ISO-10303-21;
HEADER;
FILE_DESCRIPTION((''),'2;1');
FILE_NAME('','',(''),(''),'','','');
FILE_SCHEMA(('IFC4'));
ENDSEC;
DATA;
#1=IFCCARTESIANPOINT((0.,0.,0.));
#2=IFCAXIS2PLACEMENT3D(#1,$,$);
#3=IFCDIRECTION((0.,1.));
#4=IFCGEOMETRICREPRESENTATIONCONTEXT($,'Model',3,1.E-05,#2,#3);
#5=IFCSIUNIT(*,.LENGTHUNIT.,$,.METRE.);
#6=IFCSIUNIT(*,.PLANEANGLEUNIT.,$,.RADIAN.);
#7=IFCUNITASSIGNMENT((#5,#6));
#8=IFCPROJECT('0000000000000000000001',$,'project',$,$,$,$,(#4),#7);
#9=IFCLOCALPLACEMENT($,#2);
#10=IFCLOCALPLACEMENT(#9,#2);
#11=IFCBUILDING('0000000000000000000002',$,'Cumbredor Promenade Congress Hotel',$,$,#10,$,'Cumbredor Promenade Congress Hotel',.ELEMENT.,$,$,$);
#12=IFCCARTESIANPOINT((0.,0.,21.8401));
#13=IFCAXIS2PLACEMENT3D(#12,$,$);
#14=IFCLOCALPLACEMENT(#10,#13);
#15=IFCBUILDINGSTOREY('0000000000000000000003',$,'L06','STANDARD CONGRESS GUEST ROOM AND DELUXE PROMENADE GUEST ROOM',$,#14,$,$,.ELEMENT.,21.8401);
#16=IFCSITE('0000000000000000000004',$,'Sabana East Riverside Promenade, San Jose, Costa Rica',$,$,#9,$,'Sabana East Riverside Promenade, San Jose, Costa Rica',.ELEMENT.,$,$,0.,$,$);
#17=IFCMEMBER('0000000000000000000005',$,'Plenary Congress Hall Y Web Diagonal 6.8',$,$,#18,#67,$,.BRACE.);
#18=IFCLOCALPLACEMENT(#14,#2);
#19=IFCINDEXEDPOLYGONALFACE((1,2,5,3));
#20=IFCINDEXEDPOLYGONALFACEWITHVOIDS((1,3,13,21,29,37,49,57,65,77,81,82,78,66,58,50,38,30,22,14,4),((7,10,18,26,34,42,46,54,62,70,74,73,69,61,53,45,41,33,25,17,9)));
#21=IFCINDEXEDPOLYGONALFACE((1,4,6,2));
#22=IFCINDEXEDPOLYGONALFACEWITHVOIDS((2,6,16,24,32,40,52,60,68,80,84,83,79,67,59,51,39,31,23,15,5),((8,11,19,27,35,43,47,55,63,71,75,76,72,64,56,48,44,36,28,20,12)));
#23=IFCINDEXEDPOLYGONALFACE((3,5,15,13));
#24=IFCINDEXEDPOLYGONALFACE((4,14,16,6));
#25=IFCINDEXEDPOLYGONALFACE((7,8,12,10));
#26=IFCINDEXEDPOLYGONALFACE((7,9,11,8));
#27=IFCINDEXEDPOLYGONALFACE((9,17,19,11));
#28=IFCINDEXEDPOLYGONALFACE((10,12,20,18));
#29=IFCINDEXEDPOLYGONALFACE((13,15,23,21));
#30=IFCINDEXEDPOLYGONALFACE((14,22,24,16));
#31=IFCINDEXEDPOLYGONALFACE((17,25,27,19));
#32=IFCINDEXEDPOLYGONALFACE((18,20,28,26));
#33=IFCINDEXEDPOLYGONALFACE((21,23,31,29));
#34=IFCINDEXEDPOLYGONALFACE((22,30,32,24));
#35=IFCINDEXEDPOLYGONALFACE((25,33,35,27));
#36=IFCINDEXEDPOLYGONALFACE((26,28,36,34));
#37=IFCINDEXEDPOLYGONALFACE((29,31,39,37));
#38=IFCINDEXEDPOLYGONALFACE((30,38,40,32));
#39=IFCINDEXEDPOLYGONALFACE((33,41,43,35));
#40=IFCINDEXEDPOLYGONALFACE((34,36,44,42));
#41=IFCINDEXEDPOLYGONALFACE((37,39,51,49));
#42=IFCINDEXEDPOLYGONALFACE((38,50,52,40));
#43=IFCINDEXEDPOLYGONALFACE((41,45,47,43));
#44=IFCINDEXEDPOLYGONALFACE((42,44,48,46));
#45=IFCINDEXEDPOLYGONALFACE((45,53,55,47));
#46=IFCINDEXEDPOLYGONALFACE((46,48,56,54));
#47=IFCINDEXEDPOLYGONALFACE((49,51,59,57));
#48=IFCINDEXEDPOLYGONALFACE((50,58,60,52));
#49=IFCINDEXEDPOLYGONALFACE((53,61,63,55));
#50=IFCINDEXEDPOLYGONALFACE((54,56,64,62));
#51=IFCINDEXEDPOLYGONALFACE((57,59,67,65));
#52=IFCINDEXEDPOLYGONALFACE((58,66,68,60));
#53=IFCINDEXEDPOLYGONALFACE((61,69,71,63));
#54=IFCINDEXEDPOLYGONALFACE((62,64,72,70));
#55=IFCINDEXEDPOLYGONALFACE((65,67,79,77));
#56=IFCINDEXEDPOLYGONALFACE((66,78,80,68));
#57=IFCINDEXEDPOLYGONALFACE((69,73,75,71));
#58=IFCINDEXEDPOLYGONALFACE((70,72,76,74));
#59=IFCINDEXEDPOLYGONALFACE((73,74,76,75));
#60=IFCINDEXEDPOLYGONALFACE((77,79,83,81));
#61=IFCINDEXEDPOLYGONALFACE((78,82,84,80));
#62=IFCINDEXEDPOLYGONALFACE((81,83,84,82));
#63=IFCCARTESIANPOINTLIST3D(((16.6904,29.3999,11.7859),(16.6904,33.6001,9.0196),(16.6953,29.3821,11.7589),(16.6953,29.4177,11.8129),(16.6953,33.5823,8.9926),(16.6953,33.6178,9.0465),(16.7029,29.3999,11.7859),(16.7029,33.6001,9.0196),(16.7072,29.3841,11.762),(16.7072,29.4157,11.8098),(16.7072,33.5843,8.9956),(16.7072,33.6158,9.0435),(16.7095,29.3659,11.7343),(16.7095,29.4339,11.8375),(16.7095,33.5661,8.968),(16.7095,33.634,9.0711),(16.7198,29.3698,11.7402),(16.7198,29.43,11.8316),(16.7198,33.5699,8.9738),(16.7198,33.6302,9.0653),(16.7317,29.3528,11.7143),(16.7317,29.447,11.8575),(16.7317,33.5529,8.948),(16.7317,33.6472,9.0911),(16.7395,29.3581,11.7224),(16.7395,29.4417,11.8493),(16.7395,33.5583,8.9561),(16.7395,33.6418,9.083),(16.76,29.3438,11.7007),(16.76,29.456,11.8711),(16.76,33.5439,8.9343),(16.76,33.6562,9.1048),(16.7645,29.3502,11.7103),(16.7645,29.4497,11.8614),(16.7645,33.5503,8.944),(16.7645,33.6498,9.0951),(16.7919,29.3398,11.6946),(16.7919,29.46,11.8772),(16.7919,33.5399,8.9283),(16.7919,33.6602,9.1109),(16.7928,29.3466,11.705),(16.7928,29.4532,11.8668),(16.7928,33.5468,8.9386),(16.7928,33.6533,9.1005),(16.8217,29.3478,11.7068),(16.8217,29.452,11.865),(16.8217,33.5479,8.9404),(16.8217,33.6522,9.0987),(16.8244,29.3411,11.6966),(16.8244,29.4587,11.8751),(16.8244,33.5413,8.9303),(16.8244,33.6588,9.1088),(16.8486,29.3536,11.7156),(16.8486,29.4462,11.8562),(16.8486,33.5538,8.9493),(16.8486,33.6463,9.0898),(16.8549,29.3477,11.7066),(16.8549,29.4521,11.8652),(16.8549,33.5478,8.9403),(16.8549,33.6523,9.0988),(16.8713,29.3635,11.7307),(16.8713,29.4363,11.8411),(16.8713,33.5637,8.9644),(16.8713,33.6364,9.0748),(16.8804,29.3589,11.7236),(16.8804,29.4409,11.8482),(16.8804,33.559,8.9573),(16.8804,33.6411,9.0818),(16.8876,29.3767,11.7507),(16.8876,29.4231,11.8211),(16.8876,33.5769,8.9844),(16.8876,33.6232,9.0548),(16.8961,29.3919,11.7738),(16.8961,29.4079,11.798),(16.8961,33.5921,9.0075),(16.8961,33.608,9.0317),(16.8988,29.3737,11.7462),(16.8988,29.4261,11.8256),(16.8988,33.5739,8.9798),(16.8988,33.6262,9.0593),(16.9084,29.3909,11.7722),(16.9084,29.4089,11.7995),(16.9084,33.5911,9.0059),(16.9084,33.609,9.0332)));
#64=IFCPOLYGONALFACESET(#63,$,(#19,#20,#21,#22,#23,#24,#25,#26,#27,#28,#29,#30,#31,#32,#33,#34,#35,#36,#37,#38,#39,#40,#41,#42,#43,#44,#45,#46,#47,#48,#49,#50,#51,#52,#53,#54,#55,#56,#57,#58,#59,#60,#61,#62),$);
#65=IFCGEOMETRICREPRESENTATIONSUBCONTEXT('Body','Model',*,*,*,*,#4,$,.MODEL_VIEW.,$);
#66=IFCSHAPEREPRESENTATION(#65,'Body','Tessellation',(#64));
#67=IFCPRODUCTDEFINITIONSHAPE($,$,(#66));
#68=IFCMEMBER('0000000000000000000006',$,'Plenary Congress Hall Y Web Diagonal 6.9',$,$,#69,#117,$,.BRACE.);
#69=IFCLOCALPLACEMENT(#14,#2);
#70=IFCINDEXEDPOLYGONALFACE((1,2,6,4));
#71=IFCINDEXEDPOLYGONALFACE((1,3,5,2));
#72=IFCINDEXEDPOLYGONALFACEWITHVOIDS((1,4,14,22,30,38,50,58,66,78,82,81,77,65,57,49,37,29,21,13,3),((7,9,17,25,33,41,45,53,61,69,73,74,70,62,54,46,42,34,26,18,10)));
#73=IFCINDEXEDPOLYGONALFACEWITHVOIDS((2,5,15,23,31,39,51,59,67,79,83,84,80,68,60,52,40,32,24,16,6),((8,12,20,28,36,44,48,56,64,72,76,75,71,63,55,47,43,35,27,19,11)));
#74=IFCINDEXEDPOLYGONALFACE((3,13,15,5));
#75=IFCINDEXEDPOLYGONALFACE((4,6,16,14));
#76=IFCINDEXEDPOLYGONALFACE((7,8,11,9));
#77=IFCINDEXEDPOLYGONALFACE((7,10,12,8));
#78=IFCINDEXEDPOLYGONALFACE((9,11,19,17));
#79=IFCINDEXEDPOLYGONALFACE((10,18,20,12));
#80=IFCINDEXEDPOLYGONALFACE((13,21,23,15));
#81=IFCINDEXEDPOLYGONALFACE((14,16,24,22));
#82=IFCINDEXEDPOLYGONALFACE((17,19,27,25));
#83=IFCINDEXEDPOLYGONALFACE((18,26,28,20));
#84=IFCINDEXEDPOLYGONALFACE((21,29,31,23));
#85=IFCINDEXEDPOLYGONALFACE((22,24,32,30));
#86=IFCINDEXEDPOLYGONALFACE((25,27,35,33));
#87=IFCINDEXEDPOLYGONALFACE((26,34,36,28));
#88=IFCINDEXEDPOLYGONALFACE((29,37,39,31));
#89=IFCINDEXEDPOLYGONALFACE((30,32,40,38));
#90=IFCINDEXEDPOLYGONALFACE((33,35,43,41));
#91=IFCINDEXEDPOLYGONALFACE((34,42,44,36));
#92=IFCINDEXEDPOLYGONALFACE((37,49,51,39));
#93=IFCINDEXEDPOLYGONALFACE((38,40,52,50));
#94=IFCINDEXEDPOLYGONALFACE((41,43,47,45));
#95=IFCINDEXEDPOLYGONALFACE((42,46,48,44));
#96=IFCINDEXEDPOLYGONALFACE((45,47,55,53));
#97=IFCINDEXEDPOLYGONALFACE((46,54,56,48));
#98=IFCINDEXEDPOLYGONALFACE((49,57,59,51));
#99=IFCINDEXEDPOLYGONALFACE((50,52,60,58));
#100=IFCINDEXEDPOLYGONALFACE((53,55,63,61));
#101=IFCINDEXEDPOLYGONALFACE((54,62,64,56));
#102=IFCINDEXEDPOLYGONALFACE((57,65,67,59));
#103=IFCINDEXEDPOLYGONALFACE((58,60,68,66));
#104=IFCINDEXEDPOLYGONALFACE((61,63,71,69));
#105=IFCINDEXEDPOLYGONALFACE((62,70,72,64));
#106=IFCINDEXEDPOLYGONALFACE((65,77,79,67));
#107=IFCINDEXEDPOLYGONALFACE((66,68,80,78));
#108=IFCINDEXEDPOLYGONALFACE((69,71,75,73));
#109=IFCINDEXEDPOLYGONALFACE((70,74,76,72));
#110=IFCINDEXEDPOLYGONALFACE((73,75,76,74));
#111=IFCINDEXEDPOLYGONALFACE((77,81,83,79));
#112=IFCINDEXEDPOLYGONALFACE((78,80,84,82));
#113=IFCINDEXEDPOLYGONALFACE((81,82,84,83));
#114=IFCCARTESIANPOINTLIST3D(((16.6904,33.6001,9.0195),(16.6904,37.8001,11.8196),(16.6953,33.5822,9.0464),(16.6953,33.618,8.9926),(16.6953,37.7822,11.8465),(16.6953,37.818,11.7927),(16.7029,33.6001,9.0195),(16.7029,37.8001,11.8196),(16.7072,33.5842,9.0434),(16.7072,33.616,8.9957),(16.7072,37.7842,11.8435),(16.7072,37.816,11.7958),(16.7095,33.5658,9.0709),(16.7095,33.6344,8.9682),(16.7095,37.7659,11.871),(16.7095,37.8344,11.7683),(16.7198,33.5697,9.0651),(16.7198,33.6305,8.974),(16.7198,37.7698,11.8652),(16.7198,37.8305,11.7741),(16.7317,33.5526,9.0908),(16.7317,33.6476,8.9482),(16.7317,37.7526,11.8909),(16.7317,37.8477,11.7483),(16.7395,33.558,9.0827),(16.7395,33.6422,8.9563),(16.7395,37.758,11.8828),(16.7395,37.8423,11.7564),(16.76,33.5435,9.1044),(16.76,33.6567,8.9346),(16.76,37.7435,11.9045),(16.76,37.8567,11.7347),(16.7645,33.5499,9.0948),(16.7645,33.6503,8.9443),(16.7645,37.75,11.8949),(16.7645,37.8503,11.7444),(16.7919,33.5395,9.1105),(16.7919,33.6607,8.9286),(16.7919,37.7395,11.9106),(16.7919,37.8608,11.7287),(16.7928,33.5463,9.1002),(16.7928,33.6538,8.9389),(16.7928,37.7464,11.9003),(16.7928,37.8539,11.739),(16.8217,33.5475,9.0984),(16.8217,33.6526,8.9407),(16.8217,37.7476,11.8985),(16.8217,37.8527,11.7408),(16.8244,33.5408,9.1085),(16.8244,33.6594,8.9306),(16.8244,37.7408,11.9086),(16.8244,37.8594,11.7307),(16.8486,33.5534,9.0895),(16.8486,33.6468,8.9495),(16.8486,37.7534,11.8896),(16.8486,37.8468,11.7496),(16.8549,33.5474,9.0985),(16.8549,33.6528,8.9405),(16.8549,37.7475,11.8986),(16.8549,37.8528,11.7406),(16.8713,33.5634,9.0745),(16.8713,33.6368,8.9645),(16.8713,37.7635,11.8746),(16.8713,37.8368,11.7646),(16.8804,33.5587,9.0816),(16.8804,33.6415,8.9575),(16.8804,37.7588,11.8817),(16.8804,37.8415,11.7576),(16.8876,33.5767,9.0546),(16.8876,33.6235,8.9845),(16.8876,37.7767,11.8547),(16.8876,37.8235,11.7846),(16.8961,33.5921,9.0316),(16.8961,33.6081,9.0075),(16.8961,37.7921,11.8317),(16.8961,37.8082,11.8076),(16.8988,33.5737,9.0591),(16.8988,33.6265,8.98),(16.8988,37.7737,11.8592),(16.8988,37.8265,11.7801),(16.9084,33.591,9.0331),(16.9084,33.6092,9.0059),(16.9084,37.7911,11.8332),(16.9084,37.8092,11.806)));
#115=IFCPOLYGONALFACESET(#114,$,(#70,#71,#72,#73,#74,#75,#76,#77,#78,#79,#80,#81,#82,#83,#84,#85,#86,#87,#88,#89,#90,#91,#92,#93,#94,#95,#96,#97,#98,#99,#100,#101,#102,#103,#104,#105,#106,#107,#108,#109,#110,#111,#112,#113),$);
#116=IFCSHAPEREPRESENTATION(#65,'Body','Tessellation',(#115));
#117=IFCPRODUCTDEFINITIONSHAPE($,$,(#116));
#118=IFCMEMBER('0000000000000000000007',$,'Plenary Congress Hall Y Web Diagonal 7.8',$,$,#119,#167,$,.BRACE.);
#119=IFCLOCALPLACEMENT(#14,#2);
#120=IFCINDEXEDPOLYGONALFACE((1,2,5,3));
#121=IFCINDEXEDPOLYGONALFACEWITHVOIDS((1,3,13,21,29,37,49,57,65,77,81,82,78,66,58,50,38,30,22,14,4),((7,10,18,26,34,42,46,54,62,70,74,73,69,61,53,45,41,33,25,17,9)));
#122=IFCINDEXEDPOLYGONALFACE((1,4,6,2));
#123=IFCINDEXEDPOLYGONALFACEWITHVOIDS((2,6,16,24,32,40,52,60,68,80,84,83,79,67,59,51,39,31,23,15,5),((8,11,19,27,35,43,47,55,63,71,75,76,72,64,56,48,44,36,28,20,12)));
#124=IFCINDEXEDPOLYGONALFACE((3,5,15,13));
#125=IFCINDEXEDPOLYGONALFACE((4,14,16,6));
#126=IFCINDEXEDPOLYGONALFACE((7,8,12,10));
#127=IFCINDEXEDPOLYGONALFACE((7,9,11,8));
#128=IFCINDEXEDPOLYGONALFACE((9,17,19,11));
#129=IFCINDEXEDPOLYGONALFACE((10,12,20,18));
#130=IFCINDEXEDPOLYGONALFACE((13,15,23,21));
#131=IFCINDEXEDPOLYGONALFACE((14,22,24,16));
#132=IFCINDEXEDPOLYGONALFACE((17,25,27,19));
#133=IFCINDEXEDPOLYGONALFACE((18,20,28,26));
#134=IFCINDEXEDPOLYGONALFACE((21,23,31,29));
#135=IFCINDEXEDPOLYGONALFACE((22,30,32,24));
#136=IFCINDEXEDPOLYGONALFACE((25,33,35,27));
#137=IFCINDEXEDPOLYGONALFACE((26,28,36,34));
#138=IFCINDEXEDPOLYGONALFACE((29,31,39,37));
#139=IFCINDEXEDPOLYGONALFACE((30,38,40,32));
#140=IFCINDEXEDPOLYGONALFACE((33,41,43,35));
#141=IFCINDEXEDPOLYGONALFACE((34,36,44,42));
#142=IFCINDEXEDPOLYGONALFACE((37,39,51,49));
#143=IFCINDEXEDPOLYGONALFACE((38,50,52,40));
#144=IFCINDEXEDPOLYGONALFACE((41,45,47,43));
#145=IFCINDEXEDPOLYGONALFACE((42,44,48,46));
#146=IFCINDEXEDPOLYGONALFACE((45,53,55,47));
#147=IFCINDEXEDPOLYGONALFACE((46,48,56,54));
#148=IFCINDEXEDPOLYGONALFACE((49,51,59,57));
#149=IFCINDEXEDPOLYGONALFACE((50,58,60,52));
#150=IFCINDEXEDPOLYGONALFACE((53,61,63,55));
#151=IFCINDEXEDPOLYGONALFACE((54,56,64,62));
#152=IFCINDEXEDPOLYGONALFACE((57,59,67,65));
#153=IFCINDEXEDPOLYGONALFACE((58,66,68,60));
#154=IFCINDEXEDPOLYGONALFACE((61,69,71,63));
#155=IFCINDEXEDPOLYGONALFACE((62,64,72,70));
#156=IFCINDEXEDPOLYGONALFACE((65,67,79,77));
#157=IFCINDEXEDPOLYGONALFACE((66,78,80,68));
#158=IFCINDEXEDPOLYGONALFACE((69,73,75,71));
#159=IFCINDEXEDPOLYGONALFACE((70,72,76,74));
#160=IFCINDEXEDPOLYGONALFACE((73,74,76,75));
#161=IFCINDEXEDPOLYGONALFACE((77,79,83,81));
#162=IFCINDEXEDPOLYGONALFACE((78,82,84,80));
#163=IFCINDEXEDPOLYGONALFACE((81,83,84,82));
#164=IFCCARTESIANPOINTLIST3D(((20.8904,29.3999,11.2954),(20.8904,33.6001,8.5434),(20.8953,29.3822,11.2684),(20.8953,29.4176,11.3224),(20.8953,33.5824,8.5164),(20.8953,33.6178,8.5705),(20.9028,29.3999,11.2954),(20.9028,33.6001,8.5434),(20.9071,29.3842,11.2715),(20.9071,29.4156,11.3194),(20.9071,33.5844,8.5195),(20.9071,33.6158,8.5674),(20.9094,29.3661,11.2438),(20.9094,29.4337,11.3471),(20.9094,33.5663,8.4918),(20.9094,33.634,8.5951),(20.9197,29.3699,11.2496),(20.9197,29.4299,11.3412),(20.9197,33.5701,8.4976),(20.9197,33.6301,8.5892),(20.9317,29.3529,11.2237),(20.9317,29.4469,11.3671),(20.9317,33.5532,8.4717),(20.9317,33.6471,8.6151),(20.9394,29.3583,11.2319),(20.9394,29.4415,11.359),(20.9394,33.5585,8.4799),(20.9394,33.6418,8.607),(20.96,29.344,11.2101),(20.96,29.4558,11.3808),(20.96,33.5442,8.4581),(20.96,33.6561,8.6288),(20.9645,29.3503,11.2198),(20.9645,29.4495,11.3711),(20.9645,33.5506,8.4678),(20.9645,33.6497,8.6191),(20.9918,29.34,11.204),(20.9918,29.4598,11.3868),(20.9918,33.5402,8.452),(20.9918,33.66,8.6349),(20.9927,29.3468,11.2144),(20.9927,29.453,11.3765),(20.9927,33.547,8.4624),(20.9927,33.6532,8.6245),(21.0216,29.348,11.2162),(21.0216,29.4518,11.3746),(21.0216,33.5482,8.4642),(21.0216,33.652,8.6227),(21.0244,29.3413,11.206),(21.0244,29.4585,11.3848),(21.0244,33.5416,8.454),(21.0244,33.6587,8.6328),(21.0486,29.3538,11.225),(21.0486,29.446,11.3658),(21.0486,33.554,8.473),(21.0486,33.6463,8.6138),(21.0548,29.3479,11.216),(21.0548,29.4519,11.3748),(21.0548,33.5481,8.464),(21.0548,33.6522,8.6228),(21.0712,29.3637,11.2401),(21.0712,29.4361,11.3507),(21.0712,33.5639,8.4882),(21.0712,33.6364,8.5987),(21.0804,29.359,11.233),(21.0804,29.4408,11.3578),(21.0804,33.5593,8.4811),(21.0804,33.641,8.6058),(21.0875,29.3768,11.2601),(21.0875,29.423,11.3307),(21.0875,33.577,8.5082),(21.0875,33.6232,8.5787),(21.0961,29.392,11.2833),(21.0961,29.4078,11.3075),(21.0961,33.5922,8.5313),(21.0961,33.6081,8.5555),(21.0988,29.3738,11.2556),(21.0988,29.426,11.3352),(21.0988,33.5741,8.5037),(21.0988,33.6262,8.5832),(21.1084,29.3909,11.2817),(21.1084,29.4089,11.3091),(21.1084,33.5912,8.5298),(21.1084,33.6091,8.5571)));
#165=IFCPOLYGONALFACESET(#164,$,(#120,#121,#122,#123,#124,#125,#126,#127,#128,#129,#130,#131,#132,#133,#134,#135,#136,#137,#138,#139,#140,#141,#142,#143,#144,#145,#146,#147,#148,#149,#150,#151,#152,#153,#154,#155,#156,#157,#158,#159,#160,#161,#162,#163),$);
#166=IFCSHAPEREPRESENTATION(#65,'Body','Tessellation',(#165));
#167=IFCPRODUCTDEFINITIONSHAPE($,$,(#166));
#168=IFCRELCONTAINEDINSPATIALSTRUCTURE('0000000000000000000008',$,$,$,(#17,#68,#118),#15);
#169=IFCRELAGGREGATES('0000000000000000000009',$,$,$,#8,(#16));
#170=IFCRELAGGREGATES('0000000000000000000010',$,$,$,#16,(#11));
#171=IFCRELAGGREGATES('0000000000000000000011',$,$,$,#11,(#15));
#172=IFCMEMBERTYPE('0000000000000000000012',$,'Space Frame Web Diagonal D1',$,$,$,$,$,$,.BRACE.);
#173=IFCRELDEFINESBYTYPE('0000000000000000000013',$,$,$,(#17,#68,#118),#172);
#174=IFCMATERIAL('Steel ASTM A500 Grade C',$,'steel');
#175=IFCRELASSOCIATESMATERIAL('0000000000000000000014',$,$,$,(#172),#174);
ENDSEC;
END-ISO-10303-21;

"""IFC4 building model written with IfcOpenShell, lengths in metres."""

from ifc_helpers import new_model, si_unit, direction, frame, origin, origin_2d, place, context, subcontext, project, spatial, hollow_circle, extrude, material, material_profile, profile_set, type_object, element, save


model = new_model("IFC4")

# Units and contexts
model_context = context("Model", 3, precision=1e-05, world=origin(), true_north=direction((0.0, 1.0)))
body_context = subcontext(model_context, "Body", "Model", "MODEL_VIEW")
ifc_project = project(units=[si_unit("LENGTHUNIT", "METRE"), si_unit("PLANEANGLEUNIT", "RADIAN")], contexts=[model_context])

# Site, building, storey
site_placement = place(None, origin())
site = spatial("IfcSite", under=ifc_project, at=site_placement, Name="Sabana East Riverside Promenade, San Jose, Costa Rica", LongName="Sabana East Riverside Promenade, San Jose, Costa Rica", CompositionType="ELEMENT", RefElevation=0.0)
building_placement = place(site_placement, origin())
building = spatial("IfcBuilding", under=site, at=building_placement, Name="Cumbredor Promenade Congress Hotel", LongName="Cumbredor Promenade Congress Hotel", CompositionType="ELEMENT")
storey_placement = place(building_placement, frame((0.0, 0.0, 21.8401)))
storey = spatial("IfcBuildingStorey", under=building, at=storey_placement, Name="L06", Description="STANDARD CONGRESS GUEST ROOM AND DELUXE PROMENADE GUEST ROOM", CompositionType="ELEMENT", Elevation=21.8401)

# Members
ifc_material_1 = material(Name="Steel ASTM A500 Grade C", Category="steel")
ifc_material_profile_1 = material_profile(ifc_material_1, hollow_circle(Radius=0.1096, WallThickness=0.0125, at=origin_2d()), Name="CHS 219.1x12.5")
ifc_profile_set_1 = profile_set([ifc_material_profile_1], Name="Steel ASTM A500 Grade C")
member_type_1 = type_object("IfcMemberType", Name="Space Frame Web Diagonal D1", PredefinedType="BRACE", material=ifc_profile_set_1)
member_1_placement = place(storey_placement, frame((16.8, 29.3999, 11.7859), z_axis=(0.0, 0.835137, -0.550043), x_axis=(-1.0, 0.0, 0.0)))
element("IfcMember", 1, at=member_1_placement, inside=storey, type_object=member_type_1, Name="Plenary Congress Hall Y Web Diagonal 6.8", PredefinedType="BRACE", context=body_context, shape_type="SweptSolid", body=[
    extrude(hollow_circle(Radius=0.1096, WallThickness=0.0125, at=origin_2d()), origin(), (0.0, 0.0, 1.0), 5.0293),
])
member_2_placement = place(storey_placement, frame((16.8, 33.6001, 9.0195), z_axis=(0.0, 0.832043, 0.554711), x_axis=(-1.0, 0.0, 0.0)))
element("IfcMember", 2, at=member_2_placement, inside=storey, type_object=member_type_1, Name="Plenary Congress Hall Y Web Diagonal 6.9", PredefinedType="BRACE", context=body_context, shape_type="SweptSolid", body=[
    extrude(hollow_circle(Radius=0.1096, WallThickness=0.0125, at=origin_2d()), origin(), (0.0, 0.0, 1.0), 5.0479),
])
member_3_placement = place(storey_placement, frame((21.0, 29.3999, 11.2954), z_axis=(0.0, 0.836452, -0.54804), x_axis=(-1.0, 0.0, 0.0)))
element("IfcMember", 3, at=member_3_placement, inside=storey, type_object=member_type_1, Name="Plenary Congress Hall Y Web Diagonal 7.8", PredefinedType="BRACE", context=body_context, shape_type="SweptSolid", body=[
    extrude(hollow_circle(Radius=0.1096, WallThickness=0.0125, at=origin_2d()), origin(), (0.0, 0.0, 1.0), 5.0215),
])

save(model, "model.ifc")
